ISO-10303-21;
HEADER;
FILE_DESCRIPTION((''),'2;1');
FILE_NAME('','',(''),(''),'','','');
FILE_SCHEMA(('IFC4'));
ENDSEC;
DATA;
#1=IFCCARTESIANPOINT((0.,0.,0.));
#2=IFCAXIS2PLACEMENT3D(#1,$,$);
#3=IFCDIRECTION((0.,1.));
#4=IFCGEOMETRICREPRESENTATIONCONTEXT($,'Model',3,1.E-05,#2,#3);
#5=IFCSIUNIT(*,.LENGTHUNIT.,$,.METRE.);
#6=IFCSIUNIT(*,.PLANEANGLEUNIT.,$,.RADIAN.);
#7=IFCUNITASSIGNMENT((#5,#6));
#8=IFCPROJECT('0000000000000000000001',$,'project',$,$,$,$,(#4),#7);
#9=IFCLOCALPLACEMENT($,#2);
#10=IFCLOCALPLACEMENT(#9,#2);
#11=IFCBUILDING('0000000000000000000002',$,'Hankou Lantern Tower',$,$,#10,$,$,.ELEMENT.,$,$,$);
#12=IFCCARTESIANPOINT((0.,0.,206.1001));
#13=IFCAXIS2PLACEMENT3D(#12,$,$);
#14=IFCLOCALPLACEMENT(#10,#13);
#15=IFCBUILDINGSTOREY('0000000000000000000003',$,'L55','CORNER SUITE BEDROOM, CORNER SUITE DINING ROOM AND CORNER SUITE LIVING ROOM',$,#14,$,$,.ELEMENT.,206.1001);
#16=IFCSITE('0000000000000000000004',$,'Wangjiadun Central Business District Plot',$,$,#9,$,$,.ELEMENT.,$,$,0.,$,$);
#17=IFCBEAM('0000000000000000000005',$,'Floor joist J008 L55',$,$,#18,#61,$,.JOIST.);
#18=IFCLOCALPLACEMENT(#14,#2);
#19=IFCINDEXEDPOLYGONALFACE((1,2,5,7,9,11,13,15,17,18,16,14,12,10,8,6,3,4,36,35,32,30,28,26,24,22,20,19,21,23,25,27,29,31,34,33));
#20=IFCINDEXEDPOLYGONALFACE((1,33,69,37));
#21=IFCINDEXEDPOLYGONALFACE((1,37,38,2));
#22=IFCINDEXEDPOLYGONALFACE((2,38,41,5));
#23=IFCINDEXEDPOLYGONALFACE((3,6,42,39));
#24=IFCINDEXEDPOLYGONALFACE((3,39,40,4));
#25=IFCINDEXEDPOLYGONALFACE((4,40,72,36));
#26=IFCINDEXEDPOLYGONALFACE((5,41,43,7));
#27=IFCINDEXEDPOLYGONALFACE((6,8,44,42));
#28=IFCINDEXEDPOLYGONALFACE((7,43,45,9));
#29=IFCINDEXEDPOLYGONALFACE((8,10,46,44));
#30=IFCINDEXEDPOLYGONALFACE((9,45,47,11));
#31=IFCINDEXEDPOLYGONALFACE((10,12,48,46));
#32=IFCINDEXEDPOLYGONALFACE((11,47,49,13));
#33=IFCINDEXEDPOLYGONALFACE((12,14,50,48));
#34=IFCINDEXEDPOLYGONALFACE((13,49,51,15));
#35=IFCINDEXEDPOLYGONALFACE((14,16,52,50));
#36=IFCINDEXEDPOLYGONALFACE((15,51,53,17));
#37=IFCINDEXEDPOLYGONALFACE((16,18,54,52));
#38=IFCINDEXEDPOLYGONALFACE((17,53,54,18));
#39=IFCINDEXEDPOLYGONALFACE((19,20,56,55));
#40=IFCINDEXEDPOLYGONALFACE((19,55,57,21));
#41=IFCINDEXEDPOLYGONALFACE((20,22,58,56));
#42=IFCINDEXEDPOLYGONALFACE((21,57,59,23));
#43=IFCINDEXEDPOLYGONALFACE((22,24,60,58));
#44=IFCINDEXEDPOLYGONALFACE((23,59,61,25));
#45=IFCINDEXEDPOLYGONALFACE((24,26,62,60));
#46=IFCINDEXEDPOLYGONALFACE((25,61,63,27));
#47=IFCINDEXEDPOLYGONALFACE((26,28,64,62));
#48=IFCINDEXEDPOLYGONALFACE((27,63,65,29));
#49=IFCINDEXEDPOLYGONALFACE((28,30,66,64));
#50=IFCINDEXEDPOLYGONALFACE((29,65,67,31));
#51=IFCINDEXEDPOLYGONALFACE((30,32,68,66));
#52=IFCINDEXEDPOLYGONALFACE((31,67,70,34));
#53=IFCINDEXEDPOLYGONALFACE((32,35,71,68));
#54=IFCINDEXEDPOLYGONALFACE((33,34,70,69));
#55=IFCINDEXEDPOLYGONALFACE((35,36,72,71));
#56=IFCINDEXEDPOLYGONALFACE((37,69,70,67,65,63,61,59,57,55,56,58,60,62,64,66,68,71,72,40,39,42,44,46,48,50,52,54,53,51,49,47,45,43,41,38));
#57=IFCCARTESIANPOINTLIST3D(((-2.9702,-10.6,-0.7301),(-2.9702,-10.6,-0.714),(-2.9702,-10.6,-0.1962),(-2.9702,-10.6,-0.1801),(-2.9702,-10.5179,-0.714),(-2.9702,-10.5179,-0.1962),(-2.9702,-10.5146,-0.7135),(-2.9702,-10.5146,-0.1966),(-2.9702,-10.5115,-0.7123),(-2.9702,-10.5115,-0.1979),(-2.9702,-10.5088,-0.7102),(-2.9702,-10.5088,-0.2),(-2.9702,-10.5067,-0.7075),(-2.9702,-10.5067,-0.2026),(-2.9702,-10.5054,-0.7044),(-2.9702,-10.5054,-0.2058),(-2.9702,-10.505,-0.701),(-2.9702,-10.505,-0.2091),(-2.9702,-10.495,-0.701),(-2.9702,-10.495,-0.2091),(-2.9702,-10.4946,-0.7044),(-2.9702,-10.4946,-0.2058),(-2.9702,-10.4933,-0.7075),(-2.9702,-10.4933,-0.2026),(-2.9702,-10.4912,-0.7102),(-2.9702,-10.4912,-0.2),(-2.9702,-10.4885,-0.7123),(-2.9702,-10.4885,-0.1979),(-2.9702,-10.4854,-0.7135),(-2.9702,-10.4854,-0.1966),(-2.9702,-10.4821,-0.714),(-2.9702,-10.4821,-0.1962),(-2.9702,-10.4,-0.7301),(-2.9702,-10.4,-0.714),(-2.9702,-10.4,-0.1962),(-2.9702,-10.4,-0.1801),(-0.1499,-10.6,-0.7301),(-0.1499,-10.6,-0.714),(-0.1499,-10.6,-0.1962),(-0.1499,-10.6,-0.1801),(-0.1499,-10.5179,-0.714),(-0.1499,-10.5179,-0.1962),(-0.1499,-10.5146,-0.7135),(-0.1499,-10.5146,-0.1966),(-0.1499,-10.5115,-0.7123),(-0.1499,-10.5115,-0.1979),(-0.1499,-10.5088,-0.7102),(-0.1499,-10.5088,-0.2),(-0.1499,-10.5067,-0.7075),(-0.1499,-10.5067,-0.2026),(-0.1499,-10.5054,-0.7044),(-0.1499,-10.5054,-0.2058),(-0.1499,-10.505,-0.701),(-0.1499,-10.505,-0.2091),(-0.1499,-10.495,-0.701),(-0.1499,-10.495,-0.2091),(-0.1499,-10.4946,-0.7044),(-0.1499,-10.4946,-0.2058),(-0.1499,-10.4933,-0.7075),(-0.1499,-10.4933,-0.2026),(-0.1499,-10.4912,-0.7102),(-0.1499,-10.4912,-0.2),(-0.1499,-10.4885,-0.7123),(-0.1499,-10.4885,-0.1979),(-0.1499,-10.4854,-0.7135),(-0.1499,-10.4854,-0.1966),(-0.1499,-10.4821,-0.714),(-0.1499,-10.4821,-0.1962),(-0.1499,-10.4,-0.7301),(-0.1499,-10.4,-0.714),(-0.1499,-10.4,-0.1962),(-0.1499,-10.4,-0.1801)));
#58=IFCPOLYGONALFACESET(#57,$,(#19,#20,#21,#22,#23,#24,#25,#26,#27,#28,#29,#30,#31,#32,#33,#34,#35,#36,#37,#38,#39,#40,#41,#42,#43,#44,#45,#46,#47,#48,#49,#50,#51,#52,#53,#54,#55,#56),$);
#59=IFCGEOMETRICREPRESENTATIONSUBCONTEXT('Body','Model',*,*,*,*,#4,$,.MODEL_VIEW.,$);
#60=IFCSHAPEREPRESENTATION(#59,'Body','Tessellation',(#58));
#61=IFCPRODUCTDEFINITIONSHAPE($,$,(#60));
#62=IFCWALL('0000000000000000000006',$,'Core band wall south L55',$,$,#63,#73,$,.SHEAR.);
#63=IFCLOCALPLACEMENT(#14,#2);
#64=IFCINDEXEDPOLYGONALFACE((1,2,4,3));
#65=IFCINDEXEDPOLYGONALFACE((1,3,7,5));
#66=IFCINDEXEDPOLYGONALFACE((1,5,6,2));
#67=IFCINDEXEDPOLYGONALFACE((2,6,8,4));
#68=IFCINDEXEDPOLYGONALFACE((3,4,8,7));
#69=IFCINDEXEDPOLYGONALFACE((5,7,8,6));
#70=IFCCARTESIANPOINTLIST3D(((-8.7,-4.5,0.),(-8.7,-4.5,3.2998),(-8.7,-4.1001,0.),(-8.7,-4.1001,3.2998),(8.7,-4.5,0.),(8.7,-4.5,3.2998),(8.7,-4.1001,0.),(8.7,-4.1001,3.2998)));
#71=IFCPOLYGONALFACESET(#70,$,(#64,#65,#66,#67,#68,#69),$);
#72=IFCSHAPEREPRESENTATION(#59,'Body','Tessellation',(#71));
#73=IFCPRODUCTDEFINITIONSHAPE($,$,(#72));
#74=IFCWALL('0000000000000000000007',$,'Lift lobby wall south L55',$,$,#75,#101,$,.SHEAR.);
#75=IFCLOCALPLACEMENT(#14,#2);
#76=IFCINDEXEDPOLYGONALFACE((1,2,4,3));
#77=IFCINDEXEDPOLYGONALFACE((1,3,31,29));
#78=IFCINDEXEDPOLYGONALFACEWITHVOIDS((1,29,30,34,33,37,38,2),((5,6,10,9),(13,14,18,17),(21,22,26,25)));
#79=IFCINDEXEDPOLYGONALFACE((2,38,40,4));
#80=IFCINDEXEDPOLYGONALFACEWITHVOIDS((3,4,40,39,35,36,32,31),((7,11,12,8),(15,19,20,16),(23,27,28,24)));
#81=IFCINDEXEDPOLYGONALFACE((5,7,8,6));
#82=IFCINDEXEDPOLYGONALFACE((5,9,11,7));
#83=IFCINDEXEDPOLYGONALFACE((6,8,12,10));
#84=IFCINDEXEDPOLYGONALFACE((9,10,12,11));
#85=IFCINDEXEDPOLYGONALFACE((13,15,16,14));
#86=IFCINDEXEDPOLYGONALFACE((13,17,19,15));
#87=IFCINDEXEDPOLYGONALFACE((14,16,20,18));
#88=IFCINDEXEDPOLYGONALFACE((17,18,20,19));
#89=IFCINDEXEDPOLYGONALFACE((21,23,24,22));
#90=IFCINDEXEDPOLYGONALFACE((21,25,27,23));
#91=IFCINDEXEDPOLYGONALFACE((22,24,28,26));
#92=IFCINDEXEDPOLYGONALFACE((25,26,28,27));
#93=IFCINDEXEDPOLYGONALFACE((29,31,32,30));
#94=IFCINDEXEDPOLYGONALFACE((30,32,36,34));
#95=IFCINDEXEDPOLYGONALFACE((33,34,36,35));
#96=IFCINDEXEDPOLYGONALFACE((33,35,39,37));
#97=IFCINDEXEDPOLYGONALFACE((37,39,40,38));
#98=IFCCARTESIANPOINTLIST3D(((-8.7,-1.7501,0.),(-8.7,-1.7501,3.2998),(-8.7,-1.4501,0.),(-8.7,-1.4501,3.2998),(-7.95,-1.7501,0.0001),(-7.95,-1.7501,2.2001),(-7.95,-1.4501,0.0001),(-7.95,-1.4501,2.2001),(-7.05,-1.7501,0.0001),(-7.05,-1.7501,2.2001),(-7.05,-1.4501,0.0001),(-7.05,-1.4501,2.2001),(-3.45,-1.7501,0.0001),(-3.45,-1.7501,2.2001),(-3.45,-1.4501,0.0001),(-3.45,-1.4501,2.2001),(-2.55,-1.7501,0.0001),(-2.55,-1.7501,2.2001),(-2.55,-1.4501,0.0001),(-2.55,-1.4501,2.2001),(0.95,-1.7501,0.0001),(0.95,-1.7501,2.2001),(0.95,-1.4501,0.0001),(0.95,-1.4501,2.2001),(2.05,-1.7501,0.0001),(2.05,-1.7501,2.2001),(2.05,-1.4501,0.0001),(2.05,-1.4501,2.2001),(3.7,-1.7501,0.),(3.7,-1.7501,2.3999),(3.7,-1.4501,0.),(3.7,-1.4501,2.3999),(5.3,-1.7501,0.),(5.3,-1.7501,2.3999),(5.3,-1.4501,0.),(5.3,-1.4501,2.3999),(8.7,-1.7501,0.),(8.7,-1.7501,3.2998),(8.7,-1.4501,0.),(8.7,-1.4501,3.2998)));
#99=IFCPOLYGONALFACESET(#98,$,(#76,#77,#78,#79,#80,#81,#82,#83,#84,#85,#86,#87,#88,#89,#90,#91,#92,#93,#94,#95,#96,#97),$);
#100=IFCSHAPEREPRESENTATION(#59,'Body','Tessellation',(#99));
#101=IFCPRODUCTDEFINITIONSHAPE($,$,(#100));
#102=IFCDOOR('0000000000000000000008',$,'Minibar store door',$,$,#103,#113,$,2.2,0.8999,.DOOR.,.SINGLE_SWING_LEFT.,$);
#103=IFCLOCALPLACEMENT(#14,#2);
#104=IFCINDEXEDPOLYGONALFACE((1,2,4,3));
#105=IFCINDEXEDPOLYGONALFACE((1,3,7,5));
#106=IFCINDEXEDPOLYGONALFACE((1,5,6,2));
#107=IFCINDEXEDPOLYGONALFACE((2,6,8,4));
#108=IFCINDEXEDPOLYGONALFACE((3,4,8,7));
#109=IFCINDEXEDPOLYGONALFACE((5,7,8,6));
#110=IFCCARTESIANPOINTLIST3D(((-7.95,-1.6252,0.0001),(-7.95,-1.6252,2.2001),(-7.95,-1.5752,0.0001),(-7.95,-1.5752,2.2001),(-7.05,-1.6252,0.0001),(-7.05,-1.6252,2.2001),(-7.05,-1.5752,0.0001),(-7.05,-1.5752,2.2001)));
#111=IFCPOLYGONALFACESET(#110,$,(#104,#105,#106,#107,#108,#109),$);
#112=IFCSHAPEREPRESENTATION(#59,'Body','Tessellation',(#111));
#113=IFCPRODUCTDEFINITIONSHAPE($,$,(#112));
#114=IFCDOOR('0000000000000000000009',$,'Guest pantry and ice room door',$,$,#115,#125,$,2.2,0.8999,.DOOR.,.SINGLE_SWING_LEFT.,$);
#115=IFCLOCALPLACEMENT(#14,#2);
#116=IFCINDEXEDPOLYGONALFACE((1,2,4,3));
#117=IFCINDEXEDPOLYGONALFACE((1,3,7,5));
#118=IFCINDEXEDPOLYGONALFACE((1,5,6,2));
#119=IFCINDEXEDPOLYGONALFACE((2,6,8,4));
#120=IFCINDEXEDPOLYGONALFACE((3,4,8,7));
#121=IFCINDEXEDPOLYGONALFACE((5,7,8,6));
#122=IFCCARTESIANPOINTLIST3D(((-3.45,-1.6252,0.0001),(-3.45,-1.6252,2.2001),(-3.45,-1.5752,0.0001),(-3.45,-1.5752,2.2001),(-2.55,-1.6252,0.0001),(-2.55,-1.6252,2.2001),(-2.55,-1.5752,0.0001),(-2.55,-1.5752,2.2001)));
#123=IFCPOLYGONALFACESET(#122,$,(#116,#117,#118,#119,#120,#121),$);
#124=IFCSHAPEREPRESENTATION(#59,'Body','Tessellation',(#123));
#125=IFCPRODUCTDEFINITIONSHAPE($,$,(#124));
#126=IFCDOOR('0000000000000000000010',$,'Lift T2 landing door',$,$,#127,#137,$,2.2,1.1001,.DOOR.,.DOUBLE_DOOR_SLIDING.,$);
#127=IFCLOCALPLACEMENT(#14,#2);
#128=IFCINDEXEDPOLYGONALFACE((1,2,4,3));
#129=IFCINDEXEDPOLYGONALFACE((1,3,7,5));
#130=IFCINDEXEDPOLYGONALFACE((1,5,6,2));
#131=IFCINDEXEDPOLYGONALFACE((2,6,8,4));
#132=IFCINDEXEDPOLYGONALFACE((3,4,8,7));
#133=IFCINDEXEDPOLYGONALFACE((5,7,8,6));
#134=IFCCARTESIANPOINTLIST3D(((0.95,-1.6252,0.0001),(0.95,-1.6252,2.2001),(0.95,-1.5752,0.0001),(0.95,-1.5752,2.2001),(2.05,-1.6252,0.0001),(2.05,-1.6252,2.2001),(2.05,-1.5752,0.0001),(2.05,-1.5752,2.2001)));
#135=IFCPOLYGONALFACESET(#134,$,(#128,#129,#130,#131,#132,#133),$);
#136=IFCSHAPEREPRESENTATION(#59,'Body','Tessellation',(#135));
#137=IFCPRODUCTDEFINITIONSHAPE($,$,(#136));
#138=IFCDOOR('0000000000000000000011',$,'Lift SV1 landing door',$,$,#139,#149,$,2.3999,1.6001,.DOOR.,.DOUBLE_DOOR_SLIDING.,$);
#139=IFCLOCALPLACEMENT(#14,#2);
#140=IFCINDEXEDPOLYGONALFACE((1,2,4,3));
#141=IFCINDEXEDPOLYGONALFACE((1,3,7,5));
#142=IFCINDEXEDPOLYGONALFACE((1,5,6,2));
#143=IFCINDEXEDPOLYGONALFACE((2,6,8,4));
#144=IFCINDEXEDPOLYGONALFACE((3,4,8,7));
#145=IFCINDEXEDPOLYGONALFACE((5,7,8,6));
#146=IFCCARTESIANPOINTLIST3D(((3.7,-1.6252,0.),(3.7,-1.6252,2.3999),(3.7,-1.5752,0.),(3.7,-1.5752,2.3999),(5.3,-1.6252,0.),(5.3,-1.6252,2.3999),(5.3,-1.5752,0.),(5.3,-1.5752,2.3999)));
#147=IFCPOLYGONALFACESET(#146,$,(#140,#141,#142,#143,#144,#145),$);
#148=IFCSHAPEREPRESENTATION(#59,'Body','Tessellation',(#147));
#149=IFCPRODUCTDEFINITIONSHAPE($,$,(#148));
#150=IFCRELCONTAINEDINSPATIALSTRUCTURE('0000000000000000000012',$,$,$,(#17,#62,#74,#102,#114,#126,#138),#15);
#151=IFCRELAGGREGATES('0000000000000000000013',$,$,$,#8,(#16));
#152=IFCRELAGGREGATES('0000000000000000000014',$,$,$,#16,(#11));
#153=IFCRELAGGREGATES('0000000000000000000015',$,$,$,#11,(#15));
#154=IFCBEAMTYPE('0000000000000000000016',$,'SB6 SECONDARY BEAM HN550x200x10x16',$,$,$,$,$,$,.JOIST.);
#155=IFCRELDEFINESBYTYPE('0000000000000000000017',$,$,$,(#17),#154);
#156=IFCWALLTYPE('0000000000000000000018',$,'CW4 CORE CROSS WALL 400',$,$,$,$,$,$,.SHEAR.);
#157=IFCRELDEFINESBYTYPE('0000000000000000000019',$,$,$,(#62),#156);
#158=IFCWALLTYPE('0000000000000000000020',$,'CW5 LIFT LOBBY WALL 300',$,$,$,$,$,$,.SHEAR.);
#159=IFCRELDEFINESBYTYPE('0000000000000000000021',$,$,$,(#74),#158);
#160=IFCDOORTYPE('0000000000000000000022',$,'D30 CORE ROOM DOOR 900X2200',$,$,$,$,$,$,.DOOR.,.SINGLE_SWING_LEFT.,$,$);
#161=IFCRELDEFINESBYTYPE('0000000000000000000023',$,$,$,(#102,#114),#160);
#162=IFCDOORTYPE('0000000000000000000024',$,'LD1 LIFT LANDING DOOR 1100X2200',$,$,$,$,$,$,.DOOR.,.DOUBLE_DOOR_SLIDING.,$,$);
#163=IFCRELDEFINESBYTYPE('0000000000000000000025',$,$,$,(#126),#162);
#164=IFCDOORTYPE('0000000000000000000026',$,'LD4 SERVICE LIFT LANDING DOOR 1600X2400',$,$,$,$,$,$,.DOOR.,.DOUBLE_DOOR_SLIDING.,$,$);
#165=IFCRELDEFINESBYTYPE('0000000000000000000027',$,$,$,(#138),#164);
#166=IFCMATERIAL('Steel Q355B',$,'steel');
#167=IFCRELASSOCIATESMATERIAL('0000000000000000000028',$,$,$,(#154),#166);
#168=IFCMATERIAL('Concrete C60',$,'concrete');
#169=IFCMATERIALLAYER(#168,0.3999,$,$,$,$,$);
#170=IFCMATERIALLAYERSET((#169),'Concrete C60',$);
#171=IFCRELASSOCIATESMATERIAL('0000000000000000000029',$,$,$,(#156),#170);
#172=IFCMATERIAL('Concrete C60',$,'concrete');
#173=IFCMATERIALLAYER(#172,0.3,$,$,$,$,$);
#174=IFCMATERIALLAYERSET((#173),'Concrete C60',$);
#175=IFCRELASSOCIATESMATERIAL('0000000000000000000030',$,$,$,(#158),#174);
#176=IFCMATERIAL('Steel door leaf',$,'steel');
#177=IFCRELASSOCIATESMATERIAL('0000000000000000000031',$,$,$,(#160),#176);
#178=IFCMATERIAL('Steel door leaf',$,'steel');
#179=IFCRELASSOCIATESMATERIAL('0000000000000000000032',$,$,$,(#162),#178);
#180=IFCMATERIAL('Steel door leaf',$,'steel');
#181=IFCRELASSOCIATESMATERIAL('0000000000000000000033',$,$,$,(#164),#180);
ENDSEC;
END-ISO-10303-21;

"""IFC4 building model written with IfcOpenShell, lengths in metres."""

from ifc_helpers import new_model, si_unit, direction, frame, frame_2d, origin, origin_2d, place, context, subcontext, project, spatial, rectangle, i_section, extrude, material, layer, layer_set, material_profile, profile_set, type_object, element, fill, save


model = new_model("IFC4")

# Units and contexts
model_context = context("Model", 3, precision=1e-05, world=origin(), true_north=direction((0.0, 1.0)))
body_context = subcontext(model_context, "Body", "Model", "MODEL_VIEW")
ifc_project = project(units=[si_unit("LENGTHUNIT", "METRE"), si_unit("PLANEANGLEUNIT", "RADIAN")], contexts=[model_context])

# Site, building, storey
site_placement = place(None, origin())
site = spatial("IfcSite", under=ifc_project, at=site_placement, Name="Wangjiadun Central Business District Plot", CompositionType="ELEMENT", RefElevation=0.0)
building_placement = place(site_placement, origin())
building = spatial("IfcBuilding", under=site, at=building_placement, Name="Hankou Lantern Tower", CompositionType="ELEMENT")
storey_placement = place(building_placement, frame((0.0, 0.0, 206.1001)))
storey = spatial("IfcBuildingStorey", under=building, at=storey_placement, Name="L55", Description="CORNER SUITE BEDROOM, CORNER SUITE DINING ROOM AND CORNER SUITE LIVING ROOM", CompositionType="ELEMENT", Elevation=206.1001)

# Beam
ifc_material_1 = material(Name="Steel Q355B", Category="steel")
ifc_material_profile_1 = material_profile(ifc_material_1, i_section(OverallWidth=0.2, OverallDepth=0.55, WebThickness=0.01, FlangeThickness=0.0161, FilletRadius=0.0129, at=origin_2d()), Name="HN550x200x10x16")
ifc_profile_set_1 = profile_set([ifc_material_profile_1], Name="Steel Q355B")
beam_type_1 = type_object("IfcBeamType", Name="SB6 SECONDARY BEAM HN550x200x10x16", PredefinedType="JOIST", material=ifc_profile_set_1)
beam_1_placement = place(storey_placement, frame((-2.9702, -10.5, -0.4551), z_axis=(1.0, 0.0, 0.0), x_axis=(0.0, 1.0, 0.0)))
element("IfcBeam", 1, at=beam_1_placement, inside=storey, type_object=beam_type_1, Name="Floor joist J008 L55", PredefinedType="JOIST", context=body_context, shape_type="SweptSolid", body=[
    extrude(i_section(OverallWidth=0.2, OverallDepth=0.55, WebThickness=0.01, FlangeThickness=0.0161, FilletRadius=0.0129, at=origin_2d()), origin(), (0.0, 0.0, 1.0), 2.8203),
])

# Wall
ifc_material_2 = material(Name="Concrete C60", Category="concrete")
ifc_layer_1 = layer(ifc_material_2, 0.3999)
ifc_layer_set_1 = layer_set([ifc_layer_1], Name="Concrete C60")
wall_type_1 = type_object("IfcWallType", Name="CW4 CORE CROSS WALL 400", PredefinedType="SHEAR", material=ifc_layer_set_1)
wall_1_placement = place(storey_placement, frame((-8.7, -4.3, 0.0), z_axis=(0.0, 0.0, 1.0), x_axis=(1.0, 0.0, 0.0)))
element("IfcWall", 2, at=wall_1_placement, inside=storey, type_object=wall_type_1, Name="Core band wall south L55", PredefinedType="SHEAR", context=body_context, shape_type="SweptSolid", body=[
    extrude(rectangle(XDim=17.3999, YDim=0.3999, at=frame_2d((8.7, 0.0))), origin(), (0.0, 0.0, 1.0), 3.2998),
])

# Wall, openings, doors
ifc_material_3 = material(Name="Concrete C60", Category="concrete")
ifc_layer_2 = layer(ifc_material_3, 0.3)
ifc_layer_set_2 = layer_set([ifc_layer_2], Name="Concrete C60")
wall_type_2 = type_object("IfcWallType", Name="CW5 LIFT LOBBY WALL 300", PredefinedType="SHEAR", material=ifc_layer_set_2)
wall_2_placement = place(storey_placement, frame((-8.7, -1.6001, 0.0), z_axis=(0.0, 0.0, 1.0), x_axis=(1.0, 0.0, 0.0)))
wall_2 = element("IfcWall", 3, at=wall_2_placement, inside=storey, type_object=wall_type_2, Name="Lift lobby wall south L55", PredefinedType="SHEAR", context=body_context, shape_type="SweptSolid", body=[
    extrude(rectangle(XDim=17.3999, YDim=0.3, at=frame_2d((8.7, 0.0))), origin(), (0.0, 0.0, 1.0), 3.2998),
])
opening_1_placement = place(wall_2_placement, frame((9.6499, 0.0, 0.0)))
opening_1 = element("IfcOpeningElement", 4, at=opening_1_placement, cuts=wall_2, PredefinedType="OPENING", context=body_context, shape_type="SweptSolid", body=[
    extrude(rectangle(XDim=1.1001, YDim=2.2, at=frame_2d((0.55, 1.1001))), frame((0.0, 0.1599, 0.0), z_axis=(0.0, -1.0, 0.0), x_axis=(1.0, 0.0, 0.0)), (0.0, 0.0, 1.0), 0.3201),
])
opening_2_placement = place(wall_2_placement, frame((12.3999, 0.0, 0.0)))
opening_2 = element("IfcOpeningElement", 5, at=opening_2_placement, cuts=wall_2, PredefinedType="OPENING", context=body_context, shape_type="SweptSolid", body=[
    extrude(rectangle(XDim=1.6001, YDim=2.3999, at=frame_2d((0.8, 1.2))), frame((0.0, 0.1599, 0.0), z_axis=(0.0, -1.0, 0.0), x_axis=(1.0, 0.0, 0.0)), (0.0, 0.0, 1.0), 0.3201),
])
opening_3_placement = place(wall_2_placement, frame((0.75, 0.0, 0.0)))
opening_3 = element("IfcOpeningElement", 6, at=opening_3_placement, cuts=wall_2, PredefinedType="OPENING", context=body_context, shape_type="SweptSolid", body=[
    extrude(rectangle(XDim=0.8999, YDim=2.2, at=frame_2d((0.45, 1.1001))), frame((0.0, 0.1599, 0.0), z_axis=(0.0, -1.0, 0.0), x_axis=(1.0, 0.0, 0.0)), (0.0, 0.0, 1.0), 0.3201),
])
opening_4_placement = place(wall_2_placement, frame((5.25, 0.0, 0.0)))
opening_4 = element("IfcOpeningElement", 7, at=opening_4_placement, cuts=wall_2, PredefinedType="OPENING", context=body_context, shape_type="SweptSolid", body=[
    extrude(rectangle(XDim=0.8999, YDim=2.2, at=frame_2d((0.45, 1.1001))), frame((0.0, 0.1599, 0.0), z_axis=(0.0, -1.0, 0.0), x_axis=(1.0, 0.0, 0.0)), (0.0, 0.0, 1.0), 0.3201),
])
ifc_material_4 = material(Name="Steel door leaf", Category="steel")
door_type_1 = type_object("IfcDoorType", Name="D30 CORE ROOM DOOR 900X2200", OperationType="SINGLE_SWING_LEFT", PredefinedType="DOOR", material=ifc_material_4)
door_1_placement = place(opening_3_placement, origin())
door_1 = element("IfcDoor", 8, at=door_1_placement, inside=storey, type_object=door_type_1, Name="Minibar store door", OperationType="SINGLE_SWING_LEFT", OverallHeight=2.2, OverallWidth=0.8999, PredefinedType="DOOR", context=body_context, shape_type="SweptSolid", body=[
    extrude(rectangle(XDim=0.8999, YDim=2.2, at=frame_2d((0.45, 1.1001))), frame((0.0, 0.0249, 0.0), z_axis=(0.0, -1.0, 0.0), x_axis=(1.0, 0.0, 0.0)), (0.0, 0.0, 1.0), 0.05),
])
fill(opening_3, door_1)
door_2_placement = place(opening_4_placement, origin())
door_2 = element("IfcDoor", 9, at=door_2_placement, inside=storey, type_object=door_type_1, Name="Guest pantry and ice room door", OperationType="SINGLE_SWING_LEFT", OverallHeight=2.2, OverallWidth=0.8999, PredefinedType="DOOR", context=body_context, shape_type="SweptSolid", body=[
    extrude(rectangle(XDim=0.8999, YDim=2.2, at=frame_2d((0.45, 1.1001))), frame((0.0, 0.0249, 0.0), z_axis=(0.0, -1.0, 0.0), x_axis=(1.0, 0.0, 0.0)), (0.0, 0.0, 1.0), 0.05),
])
fill(opening_4, door_2)
ifc_material_5 = material(Name="Steel door leaf", Category="steel")
door_type_2 = type_object("IfcDoorType", Name="LD1 LIFT LANDING DOOR 1100X2200", OperationType="DOUBLE_DOOR_SLIDING", PredefinedType="DOOR", material=ifc_material_5)
door_3_placement = place(opening_1_placement, origin())
door_3 = element("IfcDoor", 10, at=door_3_placement, inside=storey, type_object=door_type_2, Name="Lift T2 landing door", OperationType="DOUBLE_DOOR_SLIDING", OverallHeight=2.2, OverallWidth=1.1001, PredefinedType="DOOR", context=body_context, shape_type="SweptSolid", body=[
    extrude(rectangle(XDim=1.1001, YDim=2.2, at=frame_2d((0.55, 1.1001))), frame((0.0, 0.0249, 0.0), z_axis=(0.0, -1.0, 0.0), x_axis=(1.0, 0.0, 0.0)), (0.0, 0.0, 1.0), 0.05),
])
fill(opening_1, door_3)
ifc_material_6 = material(Name="Steel door leaf", Category="steel")
door_type_3 = type_object("IfcDoorType", Name="LD4 SERVICE LIFT LANDING DOOR 1600X2400", OperationType="DOUBLE_DOOR_SLIDING", PredefinedType="DOOR", material=ifc_material_6)
door_4_placement = place(opening_2_placement, origin())
door_4 = element("IfcDoor", 11, at=door_4_placement, inside=storey, type_object=door_type_3, Name="Lift SV1 landing door", OperationType="DOUBLE_DOOR_SLIDING", OverallHeight=2.3999, OverallWidth=1.6001, PredefinedType="DOOR", context=body_context, shape_type="SweptSolid", body=[
    extrude(rectangle(XDim=1.6001, YDim=2.3999, at=frame_2d((0.8, 1.2))), frame((0.0, 0.0249, 0.0), z_axis=(0.0, -1.0, 0.0), x_axis=(1.0, 0.0, 0.0)), (0.0, 0.0, 1.0), 0.05),
])
fill(opening_2, door_4)

save(model, "model.ifc")
